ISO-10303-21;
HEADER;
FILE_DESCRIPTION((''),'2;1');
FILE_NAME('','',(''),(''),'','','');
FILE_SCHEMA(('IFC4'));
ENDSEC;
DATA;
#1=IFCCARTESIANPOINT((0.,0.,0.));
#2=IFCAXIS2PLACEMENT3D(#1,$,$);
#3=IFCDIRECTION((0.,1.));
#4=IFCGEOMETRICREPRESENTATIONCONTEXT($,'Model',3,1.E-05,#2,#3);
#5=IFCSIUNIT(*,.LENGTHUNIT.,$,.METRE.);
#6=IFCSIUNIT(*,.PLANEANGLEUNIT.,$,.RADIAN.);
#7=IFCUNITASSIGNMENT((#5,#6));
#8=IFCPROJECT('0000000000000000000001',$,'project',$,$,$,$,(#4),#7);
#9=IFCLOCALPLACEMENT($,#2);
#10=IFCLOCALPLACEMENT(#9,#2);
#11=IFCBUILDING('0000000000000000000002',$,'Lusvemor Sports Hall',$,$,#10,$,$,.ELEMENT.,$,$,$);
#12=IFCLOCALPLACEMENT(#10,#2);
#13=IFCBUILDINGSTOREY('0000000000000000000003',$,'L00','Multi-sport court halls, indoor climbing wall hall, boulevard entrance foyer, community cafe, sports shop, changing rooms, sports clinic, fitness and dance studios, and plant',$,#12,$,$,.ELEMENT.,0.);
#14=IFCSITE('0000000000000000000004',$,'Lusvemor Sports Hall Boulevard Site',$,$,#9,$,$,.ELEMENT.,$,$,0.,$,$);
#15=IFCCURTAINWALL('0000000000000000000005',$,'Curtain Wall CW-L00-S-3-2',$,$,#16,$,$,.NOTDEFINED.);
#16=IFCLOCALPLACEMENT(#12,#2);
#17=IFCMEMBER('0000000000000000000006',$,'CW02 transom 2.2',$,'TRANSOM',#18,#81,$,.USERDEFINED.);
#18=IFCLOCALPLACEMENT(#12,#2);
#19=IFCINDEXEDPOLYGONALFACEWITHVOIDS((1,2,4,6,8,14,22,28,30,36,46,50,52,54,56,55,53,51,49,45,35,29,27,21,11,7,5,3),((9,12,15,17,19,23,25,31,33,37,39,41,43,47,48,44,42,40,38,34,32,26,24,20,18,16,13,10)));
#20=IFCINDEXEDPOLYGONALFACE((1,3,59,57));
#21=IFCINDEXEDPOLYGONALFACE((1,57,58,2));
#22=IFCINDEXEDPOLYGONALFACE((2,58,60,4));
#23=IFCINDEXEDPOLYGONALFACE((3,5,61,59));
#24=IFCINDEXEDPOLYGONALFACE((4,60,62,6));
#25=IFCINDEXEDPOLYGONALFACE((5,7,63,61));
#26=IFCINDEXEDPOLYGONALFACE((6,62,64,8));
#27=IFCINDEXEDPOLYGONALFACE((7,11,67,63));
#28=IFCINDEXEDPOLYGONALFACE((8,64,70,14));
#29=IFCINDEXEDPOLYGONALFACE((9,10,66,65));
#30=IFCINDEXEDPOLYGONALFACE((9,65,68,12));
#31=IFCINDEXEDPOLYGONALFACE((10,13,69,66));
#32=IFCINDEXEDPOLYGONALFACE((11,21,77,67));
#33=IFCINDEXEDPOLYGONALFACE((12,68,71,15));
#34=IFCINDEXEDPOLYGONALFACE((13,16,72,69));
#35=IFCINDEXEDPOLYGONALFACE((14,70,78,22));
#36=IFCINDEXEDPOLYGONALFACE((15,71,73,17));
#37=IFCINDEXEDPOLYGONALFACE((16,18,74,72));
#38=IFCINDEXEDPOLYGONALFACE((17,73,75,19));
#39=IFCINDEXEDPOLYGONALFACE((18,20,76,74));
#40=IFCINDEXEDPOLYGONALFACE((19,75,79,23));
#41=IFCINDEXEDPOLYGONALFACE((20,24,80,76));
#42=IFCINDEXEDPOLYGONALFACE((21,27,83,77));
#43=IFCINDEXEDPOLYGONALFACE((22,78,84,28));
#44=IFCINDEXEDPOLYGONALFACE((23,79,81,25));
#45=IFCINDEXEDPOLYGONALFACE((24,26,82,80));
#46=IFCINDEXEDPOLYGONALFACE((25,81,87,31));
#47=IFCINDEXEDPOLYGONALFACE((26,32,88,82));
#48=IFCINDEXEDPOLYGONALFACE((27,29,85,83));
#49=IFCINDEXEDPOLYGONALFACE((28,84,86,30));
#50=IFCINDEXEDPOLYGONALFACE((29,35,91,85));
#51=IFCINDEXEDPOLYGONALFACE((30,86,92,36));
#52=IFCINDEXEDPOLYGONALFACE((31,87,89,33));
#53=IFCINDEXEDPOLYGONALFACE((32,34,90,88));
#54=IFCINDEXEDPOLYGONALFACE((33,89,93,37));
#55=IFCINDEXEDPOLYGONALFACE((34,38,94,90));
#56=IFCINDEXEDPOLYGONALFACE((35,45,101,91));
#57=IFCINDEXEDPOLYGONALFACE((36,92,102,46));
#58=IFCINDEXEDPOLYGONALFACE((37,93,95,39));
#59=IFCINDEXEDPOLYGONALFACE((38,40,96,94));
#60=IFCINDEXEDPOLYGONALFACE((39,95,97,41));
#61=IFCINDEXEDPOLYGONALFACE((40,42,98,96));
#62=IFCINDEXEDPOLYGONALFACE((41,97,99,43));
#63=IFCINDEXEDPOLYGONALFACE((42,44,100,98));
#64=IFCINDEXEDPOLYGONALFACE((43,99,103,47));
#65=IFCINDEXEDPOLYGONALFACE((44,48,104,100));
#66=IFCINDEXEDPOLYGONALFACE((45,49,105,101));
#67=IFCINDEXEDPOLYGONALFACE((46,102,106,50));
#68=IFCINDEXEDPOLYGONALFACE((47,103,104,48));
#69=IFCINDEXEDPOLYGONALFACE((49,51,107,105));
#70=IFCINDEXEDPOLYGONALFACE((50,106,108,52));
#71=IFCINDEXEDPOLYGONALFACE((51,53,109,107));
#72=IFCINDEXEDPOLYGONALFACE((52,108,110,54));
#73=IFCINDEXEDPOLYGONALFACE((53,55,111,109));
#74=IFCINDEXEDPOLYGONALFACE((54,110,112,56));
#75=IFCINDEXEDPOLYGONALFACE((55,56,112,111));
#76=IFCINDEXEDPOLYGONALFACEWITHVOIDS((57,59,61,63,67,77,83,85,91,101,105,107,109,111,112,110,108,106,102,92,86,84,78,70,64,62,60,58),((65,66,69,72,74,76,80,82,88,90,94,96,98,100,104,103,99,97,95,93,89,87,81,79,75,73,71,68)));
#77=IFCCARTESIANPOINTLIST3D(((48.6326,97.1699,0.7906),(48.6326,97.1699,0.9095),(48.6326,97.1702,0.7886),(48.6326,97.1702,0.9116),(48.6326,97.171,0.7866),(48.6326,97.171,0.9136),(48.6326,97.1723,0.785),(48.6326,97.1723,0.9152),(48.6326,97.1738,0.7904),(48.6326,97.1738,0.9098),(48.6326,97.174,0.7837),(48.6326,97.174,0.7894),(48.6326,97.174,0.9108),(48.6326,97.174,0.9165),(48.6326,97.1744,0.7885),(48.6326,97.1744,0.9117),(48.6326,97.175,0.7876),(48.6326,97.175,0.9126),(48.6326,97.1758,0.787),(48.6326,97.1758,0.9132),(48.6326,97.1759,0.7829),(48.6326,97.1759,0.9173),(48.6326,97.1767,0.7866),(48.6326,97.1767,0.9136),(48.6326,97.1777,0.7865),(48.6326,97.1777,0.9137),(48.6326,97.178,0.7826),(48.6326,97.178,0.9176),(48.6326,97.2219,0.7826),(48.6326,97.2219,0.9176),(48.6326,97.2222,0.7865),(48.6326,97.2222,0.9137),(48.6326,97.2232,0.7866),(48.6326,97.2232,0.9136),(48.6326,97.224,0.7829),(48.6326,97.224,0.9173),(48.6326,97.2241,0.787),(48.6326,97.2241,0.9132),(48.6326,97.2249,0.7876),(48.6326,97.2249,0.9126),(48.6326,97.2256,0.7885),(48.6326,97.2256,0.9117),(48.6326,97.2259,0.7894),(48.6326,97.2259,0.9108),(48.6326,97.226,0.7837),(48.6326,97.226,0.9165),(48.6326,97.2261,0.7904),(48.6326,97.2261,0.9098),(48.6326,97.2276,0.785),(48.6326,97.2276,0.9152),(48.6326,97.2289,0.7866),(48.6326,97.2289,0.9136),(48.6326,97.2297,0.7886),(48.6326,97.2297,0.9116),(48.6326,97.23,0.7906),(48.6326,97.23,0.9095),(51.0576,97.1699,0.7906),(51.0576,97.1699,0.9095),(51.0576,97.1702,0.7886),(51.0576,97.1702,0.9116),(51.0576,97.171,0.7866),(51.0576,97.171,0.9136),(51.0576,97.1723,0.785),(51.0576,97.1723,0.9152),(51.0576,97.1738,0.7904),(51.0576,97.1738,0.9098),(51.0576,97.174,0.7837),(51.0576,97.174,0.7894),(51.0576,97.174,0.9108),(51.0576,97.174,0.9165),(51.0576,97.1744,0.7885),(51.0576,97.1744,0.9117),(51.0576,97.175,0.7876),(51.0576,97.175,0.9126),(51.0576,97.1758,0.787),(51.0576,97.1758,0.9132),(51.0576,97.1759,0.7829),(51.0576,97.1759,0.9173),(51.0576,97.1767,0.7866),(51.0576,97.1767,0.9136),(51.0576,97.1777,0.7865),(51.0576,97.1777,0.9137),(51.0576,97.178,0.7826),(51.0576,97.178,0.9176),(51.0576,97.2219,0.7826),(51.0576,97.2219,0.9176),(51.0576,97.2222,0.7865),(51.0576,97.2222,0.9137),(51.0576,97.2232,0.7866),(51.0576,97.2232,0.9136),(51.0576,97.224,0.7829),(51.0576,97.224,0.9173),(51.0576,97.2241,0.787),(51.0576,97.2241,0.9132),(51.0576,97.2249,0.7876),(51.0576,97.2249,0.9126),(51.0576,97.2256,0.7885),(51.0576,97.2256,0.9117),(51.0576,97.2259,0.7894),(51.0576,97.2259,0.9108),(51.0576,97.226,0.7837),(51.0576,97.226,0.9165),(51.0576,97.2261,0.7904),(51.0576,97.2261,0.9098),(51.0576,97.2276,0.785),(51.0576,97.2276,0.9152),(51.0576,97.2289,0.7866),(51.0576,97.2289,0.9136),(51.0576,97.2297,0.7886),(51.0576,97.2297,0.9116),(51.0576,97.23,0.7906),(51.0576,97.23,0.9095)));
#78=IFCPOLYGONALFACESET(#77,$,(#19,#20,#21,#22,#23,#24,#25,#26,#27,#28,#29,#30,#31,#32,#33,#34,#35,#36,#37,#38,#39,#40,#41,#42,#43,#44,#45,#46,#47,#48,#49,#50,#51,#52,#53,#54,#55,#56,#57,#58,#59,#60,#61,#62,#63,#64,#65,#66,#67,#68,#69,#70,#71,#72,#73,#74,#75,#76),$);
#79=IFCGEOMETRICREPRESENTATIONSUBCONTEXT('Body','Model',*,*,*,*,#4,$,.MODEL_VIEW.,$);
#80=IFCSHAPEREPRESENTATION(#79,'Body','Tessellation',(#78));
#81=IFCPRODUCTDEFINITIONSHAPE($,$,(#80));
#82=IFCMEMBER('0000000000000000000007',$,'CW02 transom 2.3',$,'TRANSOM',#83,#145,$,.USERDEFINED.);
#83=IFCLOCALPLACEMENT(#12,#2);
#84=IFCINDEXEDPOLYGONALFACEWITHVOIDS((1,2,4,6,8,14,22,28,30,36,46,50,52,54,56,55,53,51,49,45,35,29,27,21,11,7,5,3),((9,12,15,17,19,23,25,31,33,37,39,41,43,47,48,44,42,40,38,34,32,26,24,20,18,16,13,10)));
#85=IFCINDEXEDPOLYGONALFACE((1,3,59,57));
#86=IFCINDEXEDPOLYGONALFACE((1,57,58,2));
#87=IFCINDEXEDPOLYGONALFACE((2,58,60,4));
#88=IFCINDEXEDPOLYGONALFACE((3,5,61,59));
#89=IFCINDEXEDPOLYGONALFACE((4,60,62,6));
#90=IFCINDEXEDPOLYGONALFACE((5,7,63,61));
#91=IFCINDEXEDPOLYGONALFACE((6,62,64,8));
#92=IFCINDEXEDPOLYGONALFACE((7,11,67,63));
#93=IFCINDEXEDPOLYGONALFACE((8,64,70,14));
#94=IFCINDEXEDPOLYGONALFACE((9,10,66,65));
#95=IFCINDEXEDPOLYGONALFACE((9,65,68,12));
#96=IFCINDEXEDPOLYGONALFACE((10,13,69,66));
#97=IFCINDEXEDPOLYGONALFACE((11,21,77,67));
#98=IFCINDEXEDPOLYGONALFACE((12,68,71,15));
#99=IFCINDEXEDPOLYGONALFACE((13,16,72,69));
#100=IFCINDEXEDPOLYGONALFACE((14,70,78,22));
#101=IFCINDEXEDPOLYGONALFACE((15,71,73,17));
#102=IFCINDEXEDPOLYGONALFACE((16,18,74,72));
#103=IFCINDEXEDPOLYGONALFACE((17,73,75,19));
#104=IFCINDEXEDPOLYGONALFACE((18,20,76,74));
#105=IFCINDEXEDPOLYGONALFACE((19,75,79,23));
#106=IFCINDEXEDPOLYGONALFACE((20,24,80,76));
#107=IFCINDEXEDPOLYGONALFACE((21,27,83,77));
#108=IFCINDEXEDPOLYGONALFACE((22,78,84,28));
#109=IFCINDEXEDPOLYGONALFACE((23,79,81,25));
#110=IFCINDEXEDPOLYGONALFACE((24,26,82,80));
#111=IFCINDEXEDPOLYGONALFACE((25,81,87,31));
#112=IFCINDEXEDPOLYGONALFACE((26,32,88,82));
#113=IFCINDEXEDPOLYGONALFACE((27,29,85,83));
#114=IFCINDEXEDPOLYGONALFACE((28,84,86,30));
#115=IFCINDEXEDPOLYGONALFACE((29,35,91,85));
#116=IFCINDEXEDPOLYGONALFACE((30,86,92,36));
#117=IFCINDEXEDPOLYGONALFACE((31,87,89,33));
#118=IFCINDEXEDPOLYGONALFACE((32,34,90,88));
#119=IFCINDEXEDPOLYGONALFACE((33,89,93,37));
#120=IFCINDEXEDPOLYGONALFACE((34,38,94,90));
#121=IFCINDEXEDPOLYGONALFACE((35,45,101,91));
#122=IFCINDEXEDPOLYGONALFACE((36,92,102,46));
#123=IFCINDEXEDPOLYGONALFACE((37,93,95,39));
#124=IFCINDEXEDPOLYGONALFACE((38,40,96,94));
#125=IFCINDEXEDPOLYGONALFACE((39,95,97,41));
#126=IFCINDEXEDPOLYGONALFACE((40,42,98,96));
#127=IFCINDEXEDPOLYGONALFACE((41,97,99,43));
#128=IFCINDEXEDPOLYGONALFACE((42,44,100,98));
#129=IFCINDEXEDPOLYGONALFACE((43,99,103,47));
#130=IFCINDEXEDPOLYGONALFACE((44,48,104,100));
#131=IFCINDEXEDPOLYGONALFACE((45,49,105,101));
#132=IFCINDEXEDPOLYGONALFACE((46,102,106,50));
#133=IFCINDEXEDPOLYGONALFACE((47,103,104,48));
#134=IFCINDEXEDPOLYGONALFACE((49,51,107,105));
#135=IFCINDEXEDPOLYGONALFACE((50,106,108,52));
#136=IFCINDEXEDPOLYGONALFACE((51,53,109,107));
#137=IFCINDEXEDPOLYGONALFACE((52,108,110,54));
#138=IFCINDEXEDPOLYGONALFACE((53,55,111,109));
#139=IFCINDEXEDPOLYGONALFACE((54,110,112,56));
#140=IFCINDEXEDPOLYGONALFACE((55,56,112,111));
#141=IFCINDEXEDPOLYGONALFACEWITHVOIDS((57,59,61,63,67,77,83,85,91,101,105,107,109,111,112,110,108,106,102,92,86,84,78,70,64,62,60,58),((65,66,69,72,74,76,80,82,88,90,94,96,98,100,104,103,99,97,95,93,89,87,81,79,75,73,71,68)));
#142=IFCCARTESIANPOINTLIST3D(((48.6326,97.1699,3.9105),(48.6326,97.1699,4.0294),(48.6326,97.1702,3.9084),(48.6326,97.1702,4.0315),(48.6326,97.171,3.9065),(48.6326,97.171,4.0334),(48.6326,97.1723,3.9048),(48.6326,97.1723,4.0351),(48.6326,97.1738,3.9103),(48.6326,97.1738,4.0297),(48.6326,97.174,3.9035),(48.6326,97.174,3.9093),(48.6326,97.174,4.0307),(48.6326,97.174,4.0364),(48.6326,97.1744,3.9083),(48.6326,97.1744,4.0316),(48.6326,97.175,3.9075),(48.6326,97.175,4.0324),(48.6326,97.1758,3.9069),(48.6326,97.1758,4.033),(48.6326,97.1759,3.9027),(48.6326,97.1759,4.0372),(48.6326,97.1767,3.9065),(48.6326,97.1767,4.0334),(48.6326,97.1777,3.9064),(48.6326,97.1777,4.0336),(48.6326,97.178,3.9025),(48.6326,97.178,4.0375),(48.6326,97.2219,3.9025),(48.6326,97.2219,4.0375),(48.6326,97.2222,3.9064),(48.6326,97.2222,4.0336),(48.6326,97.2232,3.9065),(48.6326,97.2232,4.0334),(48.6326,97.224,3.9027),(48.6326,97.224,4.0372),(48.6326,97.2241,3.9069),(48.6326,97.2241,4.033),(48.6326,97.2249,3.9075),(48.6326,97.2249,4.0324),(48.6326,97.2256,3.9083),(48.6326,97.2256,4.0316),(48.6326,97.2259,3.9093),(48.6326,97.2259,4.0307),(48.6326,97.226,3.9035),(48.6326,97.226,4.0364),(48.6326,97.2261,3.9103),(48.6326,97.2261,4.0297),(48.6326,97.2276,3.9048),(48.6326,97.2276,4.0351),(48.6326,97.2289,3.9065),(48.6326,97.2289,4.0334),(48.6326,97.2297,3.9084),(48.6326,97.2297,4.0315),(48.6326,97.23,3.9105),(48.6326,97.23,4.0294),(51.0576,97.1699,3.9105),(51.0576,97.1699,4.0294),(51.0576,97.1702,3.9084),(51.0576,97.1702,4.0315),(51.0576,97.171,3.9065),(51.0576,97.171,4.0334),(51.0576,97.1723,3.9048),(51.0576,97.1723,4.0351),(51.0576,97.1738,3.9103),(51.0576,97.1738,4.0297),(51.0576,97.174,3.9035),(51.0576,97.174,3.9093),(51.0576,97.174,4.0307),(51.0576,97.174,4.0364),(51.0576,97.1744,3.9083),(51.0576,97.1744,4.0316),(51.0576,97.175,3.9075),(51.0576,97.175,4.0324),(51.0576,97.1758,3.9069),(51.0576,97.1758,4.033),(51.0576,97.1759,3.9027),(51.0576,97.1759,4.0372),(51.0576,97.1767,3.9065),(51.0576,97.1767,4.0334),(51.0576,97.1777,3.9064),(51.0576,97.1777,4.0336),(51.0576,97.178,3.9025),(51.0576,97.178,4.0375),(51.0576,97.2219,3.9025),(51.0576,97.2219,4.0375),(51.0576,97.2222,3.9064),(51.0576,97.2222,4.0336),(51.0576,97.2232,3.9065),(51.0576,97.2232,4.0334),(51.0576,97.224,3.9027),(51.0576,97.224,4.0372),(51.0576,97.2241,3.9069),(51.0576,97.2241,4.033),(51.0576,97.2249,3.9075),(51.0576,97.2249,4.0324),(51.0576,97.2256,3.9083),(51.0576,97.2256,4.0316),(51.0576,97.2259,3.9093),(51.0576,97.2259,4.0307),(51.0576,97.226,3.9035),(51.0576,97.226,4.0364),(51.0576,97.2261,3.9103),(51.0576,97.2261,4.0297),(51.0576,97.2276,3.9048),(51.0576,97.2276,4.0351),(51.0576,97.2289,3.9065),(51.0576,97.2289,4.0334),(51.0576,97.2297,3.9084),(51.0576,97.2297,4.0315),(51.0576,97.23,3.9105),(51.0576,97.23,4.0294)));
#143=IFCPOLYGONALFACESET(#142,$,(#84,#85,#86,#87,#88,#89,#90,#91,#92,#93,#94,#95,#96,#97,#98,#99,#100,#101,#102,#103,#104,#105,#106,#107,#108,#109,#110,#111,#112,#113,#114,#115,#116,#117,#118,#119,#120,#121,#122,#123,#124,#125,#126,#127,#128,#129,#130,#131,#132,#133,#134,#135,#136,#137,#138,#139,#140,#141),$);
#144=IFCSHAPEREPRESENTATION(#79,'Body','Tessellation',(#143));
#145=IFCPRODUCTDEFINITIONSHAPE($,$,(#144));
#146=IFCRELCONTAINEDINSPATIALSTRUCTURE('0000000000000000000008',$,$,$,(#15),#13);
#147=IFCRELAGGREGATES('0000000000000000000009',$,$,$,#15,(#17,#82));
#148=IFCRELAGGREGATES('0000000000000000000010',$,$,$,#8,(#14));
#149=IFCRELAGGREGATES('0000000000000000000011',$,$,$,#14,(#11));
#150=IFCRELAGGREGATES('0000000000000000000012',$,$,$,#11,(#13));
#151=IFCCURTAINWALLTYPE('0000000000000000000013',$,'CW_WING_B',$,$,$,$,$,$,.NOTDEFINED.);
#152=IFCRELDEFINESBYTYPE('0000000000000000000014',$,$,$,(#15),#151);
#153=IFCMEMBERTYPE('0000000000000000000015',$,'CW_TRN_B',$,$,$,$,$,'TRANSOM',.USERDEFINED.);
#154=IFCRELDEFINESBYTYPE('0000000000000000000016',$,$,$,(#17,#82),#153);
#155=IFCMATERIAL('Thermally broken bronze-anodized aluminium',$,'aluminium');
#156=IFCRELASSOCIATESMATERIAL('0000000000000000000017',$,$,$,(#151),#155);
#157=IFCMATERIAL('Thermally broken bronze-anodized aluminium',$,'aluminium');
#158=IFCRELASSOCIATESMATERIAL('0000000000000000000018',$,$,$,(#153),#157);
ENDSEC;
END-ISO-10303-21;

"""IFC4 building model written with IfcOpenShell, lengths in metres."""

from ifc_helpers import new_model, si_unit, direction, frame, origin, origin_2d, place, context, subcontext, project, spatial, hollow_rectangle, extrude, material, material_profile, profile_set, type_object, element, aggregate, save


model = new_model("IFC4")

# Units and contexts
model_context = context("Model", 3, precision=1e-05, world=origin(), true_north=direction((0.0, 1.0)))
body_context = subcontext(model_context, "Body", "Model", "MODEL_VIEW")
ifc_project = project(units=[si_unit("LENGTHUNIT", "METRE"), si_unit("PLANEANGLEUNIT", "RADIAN")], contexts=[model_context])

# Site, building, storey
site_placement = place(None, origin())
site = spatial("IfcSite", under=ifc_project, at=site_placement, Name="Lusvemor Sports Hall Boulevard Site", CompositionType="ELEMENT", RefElevation=0.0)
building_placement = place(site_placement, origin())
building = spatial("IfcBuilding", under=site, at=building_placement, Name="Lusvemor Sports Hall", CompositionType="ELEMENT")
storey_placement = place(building_placement, origin())
storey = spatial("IfcBuildingStorey", under=building, at=storey_placement, Name="L00", Description="Multi-sport court halls, indoor climbing wall hall, boulevard entrance foyer, community cafe, sports shop, changing rooms, sports clinic, fitness and dance studios, and plant", CompositionType="ELEMENT", Elevation=0.0)

# Curtain wall
ifc_material_1 = material(Name="Thermally broken bronze-anodized aluminium", Category="aluminium")
curtain_wall_type = type_object("IfcCurtainWallType", Name="CW_WING_B", PredefinedType="NOTDEFINED", material=ifc_material_1)
curtain_wall_1_placement = place(storey_placement, origin())
curtain_wall_1 = element("IfcCurtainWall", 1, at=curtain_wall_1_placement, inside=storey, type_object=curtain_wall_type, Name="Curtain Wall CW-L00-S-3-2", PredefinedType="NOTDEFINED")

# Members
ifc_material_2 = material(Name="Thermally broken bronze-anodized aluminium", Category="aluminium")
ifc_material_profile_1 = material_profile(ifc_material_2, hollow_rectangle(XDim=0.0601, YDim=0.135, WallThickness=0.0039, InnerFilletRadius=0.0039, OuterFilletRadius=0.0081, at=origin_2d()), Name="CWTRN135x60x4")
ifc_profile_set_1 = profile_set([ifc_material_profile_1], Name="Thermally broken bronze-anodized aluminium")
member_type_1 = type_object("IfcMemberType", Name="CW_TRN_B", ElementType="TRANSOM", PredefinedType="USERDEFINED", material=ifc_profile_set_1)
member_1_placement = place(storey_placement, frame((51.0576, 97.2, 0.8501), z_axis=(-1.0, 0.0, 0.0), x_axis=(0.0, -1.0, 0.0)))
member_1 = element("IfcMember", 2, at=member_1_placement, type_object=member_type_1, Name="CW02 transom 2.2", ObjectType="TRANSOM", PredefinedType="USERDEFINED", context=body_context, shape_type="SweptSolid", body=[
    extrude(hollow_rectangle(XDim=0.0601, YDim=0.135, WallThickness=0.0039, InnerFilletRadius=0.0039, OuterFilletRadius=0.0081, at=origin_2d()), origin(), (0.0, 0.0, 1.0), 2.425),
])
member_2_placement = place(storey_placement, frame((51.0576, 97.2, 3.97), z_axis=(-1.0, 0.0, 0.0), x_axis=(0.0, -1.0, 0.0)))
member_2 = element("IfcMember", 3, at=member_2_placement, type_object=member_type_1, Name="CW02 transom 2.3", ObjectType="TRANSOM", PredefinedType="USERDEFINED", context=body_context, shape_type="SweptSolid", body=[
    extrude(hollow_rectangle(XDim=0.0601, YDim=0.135, WallThickness=0.0039, InnerFilletRadius=0.0039, OuterFilletRadius=0.0081, at=origin_2d()), origin(), (0.0, 0.0, 1.0), 2.425),
])

aggregate(curtain_wall_1, [member_1, member_2])

save(model, "model.ifc")
